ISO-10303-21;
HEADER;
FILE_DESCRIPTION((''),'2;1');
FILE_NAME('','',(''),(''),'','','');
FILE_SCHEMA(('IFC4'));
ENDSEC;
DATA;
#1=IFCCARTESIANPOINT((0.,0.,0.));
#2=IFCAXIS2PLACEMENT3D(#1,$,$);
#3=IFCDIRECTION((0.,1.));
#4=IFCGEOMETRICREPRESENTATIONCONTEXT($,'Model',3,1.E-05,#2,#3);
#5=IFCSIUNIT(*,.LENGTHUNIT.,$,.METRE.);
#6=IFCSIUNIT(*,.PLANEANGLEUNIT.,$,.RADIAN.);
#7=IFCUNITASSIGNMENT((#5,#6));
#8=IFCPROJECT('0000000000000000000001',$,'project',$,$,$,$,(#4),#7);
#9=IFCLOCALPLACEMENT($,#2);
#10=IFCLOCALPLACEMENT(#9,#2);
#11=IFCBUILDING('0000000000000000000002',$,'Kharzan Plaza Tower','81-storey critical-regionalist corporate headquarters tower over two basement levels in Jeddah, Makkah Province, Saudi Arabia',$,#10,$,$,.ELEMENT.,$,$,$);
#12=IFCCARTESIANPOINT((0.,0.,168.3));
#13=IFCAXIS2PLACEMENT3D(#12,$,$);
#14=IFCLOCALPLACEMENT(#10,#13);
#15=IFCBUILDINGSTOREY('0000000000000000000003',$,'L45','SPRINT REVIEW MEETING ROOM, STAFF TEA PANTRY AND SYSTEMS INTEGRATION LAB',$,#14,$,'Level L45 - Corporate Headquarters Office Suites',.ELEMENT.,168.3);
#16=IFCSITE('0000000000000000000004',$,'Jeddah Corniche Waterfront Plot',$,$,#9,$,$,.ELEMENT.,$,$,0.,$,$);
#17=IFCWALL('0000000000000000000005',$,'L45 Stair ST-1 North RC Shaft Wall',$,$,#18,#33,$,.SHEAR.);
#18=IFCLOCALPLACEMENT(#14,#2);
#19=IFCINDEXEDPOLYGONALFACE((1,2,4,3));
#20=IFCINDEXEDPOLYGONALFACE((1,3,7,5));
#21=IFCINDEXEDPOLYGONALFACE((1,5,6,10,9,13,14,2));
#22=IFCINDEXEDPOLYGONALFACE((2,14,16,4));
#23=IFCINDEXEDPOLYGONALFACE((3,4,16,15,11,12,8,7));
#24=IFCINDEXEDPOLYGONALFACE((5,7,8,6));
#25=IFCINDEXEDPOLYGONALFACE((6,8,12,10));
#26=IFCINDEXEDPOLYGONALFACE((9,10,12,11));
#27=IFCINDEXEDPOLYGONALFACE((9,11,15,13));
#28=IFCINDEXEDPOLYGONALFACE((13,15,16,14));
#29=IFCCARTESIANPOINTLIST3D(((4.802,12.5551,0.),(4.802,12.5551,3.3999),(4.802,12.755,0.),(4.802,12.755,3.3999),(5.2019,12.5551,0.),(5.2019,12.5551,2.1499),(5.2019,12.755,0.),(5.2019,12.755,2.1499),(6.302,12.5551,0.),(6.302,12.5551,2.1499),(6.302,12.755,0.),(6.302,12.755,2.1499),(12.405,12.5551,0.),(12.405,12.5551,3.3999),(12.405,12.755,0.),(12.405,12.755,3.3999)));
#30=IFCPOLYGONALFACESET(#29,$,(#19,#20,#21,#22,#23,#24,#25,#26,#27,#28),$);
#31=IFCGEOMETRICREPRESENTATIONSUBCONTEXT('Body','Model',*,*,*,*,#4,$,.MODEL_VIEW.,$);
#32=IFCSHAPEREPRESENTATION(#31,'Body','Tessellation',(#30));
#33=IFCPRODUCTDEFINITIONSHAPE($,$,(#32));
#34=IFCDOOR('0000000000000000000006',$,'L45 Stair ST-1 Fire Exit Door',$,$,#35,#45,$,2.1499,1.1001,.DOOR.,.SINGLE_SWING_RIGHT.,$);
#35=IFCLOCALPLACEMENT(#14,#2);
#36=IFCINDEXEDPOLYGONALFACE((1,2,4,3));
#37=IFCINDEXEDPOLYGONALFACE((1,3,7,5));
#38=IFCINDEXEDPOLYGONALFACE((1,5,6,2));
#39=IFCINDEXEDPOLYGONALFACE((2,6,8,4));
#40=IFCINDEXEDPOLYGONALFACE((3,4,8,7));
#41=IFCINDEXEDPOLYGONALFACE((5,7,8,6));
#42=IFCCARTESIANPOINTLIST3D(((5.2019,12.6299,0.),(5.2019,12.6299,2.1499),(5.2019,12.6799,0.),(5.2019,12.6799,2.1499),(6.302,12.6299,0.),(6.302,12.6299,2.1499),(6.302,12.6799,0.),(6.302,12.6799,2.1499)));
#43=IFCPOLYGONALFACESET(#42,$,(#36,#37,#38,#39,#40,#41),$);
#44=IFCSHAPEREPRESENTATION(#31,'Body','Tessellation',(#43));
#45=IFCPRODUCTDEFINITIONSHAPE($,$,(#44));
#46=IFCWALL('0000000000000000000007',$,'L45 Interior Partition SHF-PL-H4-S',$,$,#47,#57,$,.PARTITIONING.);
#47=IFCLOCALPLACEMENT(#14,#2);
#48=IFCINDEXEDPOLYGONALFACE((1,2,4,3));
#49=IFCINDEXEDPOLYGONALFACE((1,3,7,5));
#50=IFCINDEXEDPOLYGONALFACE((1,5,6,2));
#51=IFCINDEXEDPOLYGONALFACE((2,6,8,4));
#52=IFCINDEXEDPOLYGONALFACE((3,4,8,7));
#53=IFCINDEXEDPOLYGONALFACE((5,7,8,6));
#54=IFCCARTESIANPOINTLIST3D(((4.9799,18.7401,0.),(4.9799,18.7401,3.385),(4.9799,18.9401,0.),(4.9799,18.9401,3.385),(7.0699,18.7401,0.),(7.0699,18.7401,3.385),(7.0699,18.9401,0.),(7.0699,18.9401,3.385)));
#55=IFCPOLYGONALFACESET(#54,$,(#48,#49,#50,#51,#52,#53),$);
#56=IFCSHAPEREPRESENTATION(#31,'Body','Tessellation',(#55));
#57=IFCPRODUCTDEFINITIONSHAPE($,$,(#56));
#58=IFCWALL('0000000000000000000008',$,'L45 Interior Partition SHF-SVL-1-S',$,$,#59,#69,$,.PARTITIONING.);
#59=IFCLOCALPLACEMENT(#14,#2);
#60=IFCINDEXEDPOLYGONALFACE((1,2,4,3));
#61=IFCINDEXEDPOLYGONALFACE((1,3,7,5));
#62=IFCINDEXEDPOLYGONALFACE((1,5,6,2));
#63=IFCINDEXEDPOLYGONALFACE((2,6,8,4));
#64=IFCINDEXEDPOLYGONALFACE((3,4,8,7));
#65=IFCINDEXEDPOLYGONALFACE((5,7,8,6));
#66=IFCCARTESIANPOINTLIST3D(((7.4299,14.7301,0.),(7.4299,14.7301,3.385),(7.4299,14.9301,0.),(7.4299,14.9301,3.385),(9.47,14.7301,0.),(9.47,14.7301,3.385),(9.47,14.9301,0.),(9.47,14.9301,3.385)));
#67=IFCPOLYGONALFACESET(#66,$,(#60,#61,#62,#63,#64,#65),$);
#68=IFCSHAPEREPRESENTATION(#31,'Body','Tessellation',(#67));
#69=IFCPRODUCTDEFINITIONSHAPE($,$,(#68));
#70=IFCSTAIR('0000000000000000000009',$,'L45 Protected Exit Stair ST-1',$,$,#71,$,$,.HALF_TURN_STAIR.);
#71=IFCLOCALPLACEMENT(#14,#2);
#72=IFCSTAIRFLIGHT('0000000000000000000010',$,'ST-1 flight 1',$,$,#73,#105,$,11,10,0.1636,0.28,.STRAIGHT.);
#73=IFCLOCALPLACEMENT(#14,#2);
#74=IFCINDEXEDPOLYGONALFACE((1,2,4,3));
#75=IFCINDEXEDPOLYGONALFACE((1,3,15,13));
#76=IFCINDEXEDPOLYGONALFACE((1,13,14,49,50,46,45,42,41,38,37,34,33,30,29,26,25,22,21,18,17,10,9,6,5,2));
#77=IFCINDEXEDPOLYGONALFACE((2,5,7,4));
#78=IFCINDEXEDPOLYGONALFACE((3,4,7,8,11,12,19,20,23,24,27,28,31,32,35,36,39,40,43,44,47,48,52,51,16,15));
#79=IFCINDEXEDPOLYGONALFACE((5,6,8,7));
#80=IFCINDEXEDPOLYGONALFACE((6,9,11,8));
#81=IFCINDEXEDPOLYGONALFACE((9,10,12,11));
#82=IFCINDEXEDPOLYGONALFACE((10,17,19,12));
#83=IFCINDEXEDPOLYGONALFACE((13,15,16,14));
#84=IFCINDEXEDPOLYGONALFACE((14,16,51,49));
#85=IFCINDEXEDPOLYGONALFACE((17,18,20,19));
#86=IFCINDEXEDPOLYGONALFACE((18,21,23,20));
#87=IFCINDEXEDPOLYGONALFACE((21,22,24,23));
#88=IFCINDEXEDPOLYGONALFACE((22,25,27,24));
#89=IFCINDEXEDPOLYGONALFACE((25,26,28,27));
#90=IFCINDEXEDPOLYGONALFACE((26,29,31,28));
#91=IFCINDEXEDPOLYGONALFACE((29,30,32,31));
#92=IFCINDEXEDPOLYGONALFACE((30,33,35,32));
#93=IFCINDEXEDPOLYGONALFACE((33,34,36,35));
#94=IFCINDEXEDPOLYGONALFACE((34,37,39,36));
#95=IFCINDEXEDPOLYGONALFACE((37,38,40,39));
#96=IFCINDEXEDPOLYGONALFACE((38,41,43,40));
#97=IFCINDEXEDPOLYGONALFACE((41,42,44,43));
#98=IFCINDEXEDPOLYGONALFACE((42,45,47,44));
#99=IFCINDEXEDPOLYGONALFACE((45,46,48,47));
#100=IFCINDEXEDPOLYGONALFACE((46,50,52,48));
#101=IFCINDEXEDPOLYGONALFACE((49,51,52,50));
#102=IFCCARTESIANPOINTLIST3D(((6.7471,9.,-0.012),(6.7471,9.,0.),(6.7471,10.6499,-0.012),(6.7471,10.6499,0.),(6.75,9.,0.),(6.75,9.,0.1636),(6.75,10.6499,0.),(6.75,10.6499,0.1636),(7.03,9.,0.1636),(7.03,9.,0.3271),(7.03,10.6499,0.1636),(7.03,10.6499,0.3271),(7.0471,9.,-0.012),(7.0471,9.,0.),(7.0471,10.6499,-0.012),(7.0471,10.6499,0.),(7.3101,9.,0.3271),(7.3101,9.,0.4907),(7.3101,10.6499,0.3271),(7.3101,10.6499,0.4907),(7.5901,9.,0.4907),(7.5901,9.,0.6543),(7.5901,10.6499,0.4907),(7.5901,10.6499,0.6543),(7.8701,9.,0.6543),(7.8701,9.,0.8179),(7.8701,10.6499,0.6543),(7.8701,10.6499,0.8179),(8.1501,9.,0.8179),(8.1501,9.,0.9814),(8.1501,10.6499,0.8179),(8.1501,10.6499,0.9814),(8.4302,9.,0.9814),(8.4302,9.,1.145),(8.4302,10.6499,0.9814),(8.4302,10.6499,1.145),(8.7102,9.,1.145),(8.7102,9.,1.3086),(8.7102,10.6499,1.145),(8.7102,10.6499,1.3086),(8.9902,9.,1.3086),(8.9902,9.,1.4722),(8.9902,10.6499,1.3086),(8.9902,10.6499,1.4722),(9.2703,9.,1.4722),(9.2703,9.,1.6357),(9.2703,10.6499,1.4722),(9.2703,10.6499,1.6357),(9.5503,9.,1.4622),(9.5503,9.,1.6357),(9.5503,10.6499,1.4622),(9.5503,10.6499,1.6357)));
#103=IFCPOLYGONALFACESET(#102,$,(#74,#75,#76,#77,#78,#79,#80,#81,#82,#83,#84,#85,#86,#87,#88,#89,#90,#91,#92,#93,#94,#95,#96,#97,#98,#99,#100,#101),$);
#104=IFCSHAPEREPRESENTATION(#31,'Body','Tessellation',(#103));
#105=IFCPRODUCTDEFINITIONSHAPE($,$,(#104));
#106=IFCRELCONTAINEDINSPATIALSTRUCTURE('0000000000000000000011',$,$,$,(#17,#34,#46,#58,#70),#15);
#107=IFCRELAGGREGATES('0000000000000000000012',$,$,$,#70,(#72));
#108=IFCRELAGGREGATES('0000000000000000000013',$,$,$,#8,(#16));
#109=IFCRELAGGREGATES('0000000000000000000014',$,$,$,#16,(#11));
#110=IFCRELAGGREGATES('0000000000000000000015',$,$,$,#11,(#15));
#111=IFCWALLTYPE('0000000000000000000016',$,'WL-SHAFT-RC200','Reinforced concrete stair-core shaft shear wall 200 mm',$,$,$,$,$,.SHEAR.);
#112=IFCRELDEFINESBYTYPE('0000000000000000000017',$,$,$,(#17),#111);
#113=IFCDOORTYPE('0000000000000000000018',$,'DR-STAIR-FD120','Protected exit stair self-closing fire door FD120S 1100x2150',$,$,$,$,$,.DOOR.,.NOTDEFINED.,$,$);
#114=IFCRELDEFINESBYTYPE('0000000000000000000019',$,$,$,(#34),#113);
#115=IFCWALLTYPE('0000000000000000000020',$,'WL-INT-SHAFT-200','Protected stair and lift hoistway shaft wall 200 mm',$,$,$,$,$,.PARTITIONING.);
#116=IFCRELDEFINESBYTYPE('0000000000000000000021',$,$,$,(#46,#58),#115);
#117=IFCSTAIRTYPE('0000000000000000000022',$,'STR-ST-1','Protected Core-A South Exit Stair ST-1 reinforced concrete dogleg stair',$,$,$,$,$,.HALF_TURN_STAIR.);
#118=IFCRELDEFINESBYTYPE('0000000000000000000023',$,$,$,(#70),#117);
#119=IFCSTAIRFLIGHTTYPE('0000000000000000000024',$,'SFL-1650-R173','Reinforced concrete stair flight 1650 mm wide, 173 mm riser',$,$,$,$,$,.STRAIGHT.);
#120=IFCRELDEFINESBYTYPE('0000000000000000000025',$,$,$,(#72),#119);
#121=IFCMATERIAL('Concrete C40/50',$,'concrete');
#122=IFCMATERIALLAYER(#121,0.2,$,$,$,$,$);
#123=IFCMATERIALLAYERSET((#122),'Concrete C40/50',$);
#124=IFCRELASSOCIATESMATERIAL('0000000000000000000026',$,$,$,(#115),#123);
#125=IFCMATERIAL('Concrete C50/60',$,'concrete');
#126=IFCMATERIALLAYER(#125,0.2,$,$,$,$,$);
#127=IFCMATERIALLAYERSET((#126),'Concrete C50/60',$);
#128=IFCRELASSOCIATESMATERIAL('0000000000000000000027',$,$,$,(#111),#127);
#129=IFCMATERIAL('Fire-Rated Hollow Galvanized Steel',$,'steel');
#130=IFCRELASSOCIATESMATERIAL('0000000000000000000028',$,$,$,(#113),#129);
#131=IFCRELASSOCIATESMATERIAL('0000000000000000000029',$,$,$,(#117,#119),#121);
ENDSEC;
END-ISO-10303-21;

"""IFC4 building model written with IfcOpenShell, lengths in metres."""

from ifc_helpers import new_model, si_unit, direction, frame, frame_2d, origin, place, context, subcontext, project, spatial, polyline, rectangle, outline, extrude, source, transform, mapped, material, layer, layer_set, type_object, element, fill, aggregate, save


model = new_model("IFC4")

# Units and contexts
model_context = context("Model", 3, precision=1e-05, world=origin(), true_north=direction((0.0, 1.0)))
body_context = subcontext(model_context, "Body", "Model", "MODEL_VIEW")
ifc_project = project(units=[si_unit("LENGTHUNIT", "METRE"), si_unit("PLANEANGLEUNIT", "RADIAN")], contexts=[model_context])

# Site, building, storey
site_placement = place(None, origin())
site = spatial("IfcSite", under=ifc_project, at=site_placement, Name="Jeddah Corniche Waterfront Plot", CompositionType="ELEMENT", RefElevation=0.0)
building_placement = place(site_placement, origin())
building = spatial("IfcBuilding", under=site, at=building_placement, Name="Kharzan Plaza Tower", Description="81-storey critical-regionalist corporate headquarters tower over two basement levels in Jeddah, Makkah Province, Saudi Arabia", CompositionType="ELEMENT")
storey_placement = place(building_placement, frame((0.0, 0.0, 168.3)))
storey = spatial("IfcBuildingStorey", under=building, at=storey_placement, Name="L45", Description="SPRINT REVIEW MEETING ROOM, STAFF TEA PANTRY AND SYSTEMS INTEGRATION LAB", LongName="Level L45 - Corporate Headquarters Office Suites", CompositionType="ELEMENT", Elevation=168.3)

# Shared definitions
ifc_material_1 = material(Name="Concrete C50/60", Category="concrete")

# Shared definitions
ifc_material_2 = material(Name="Concrete C40/50", Category="concrete")

# Wall, opening, door
ifc_layer_1 = layer(ifc_material_2, 0.2)
ifc_layer_set_1 = layer_set([ifc_layer_1], Name="Concrete C40/50")
wall_type_1 = type_object("IfcWallType", Name="WL-INT-SHAFT-200", Description="Protected stair and lift hoistway shaft wall 200 mm", PredefinedType="PARTITIONING", material=ifc_layer_set_1)
ifc_layer_2 = layer(ifc_material_1, 0.2)
ifc_layer_set_2 = layer_set([ifc_layer_2], Name="Concrete C50/60")
wall_type_2 = type_object("IfcWallType", Name="WL-SHAFT-RC200", Description="Reinforced concrete stair-core shaft shear wall 200 mm", PredefinedType="SHEAR", material=ifc_layer_set_2)
wall_1_placement = place(storey_placement, frame((4.802, 12.655, 0.0), z_axis=(0.0, 0.0, 1.0), x_axis=(1.0, 0.0, 0.0)))
wall_1 = element("IfcWall", 1, at=wall_1_placement, inside=storey, type_object=wall_type_2, Name="L45 Stair ST-1 North RC Shaft Wall", PredefinedType="SHEAR", context=body_context, shape_type="SweptSolid", body=[
    extrude(rectangle(XDim=7.603, YDim=0.2, at=frame_2d((3.8015, 0.0))), origin(), (0.0, 0.0, 1.0), 3.3999),
])
opening_1_placement = place(wall_1_placement, frame((0.3999, 0.0, 0.0)))
opening_1 = element("IfcOpeningElement", 2, at=opening_1_placement, cuts=wall_1, PredefinedType="OPENING", context=body_context, shape_type="SweptSolid", body=[
    extrude(rectangle(XDim=1.1001, YDim=2.1499, at=frame_2d((0.55, 1.075))), frame((0.0, 0.1099, 0.0), z_axis=(0.0, -1.0, 0.0), x_axis=(1.0, 0.0, 0.0)), (0.0, 0.0, 1.0), 0.22),
])
ifc_material_3 = material(Name="Fire-Rated Hollow Galvanized Steel", Category="steel")
door_type_1 = type_object("IfcDoorType", Name="DR-STAIR-FD120", Description="Protected exit stair self-closing fire door FD120S 1100x2150", OperationType="NOTDEFINED", PredefinedType="DOOR", material=ifc_material_3)
shared_shape_1 = source(origin(), body_context, "Body", "SweptSolid", [
    extrude(rectangle(XDim=1.1001, YDim=2.1499, at=frame_2d((0.55, 1.075))), frame((0.0, 0.0249, 0.0), z_axis=(0.0, -1.0, 0.0), x_axis=(1.0, 0.0, 0.0)), (0.0, 0.0, 1.0), 0.05),
])
door_1_placement = place(opening_1_placement, origin())
door_1 = element("IfcDoor", 3, at=door_1_placement, inside=storey, type_object=door_type_1, Name="L45 Stair ST-1 Fire Exit Door", OperationType="SINGLE_SWING_RIGHT", OverallHeight=2.1499, OverallWidth=1.1001, PredefinedType="DOOR", context=body_context, shape_type="MappedRepresentation", body=[
    mapped(shared_shape_1, transform((0.0, 0.0, 0.0), x_axis=(1.0, 0.0, 0.0), y_axis=(0.0, 1.0, 0.0), z_axis=(0.0, 0.0, 1.0))),
])
fill(opening_1, door_1)

# Walls
shared_shape_2 = source(origin(), body_context, "Body", "SweptSolid", [
    extrude(rectangle(XDim=2.0901, YDim=0.2, at=frame_2d((1.0449, 0.0))), origin(), (0.0, 0.0, 1.0), 3.385),
])
wall_2_placement = place(storey_placement, frame((4.98, 18.8401, 0.0), z_axis=(0.0, 0.0, 1.0), x_axis=(1.0, 0.0, 0.0)))
element("IfcWall", 4, at=wall_2_placement, inside=storey, type_object=wall_type_1, Name="L45 Interior Partition SHF-PL-H4-S", PredefinedType="PARTITIONING", context=body_context, shape_type="MappedRepresentation", body=[
    mapped(shared_shape_2, transform((0.0, 0.0, 0.0), x_axis=(1.0, 0.0, 0.0), y_axis=(0.0, 1.0, 0.0), z_axis=(0.0, 0.0, 1.0))),
])
shared_shape_3 = source(origin(), body_context, "Body", "SweptSolid", [
    extrude(rectangle(XDim=2.04, YDim=0.2, at=frame_2d((1.02, 0.0))), origin(), (0.0, 0.0, 1.0), 3.385),
])
wall_3_placement = place(storey_placement, frame((7.4299, 14.8301, 0.0), z_axis=(0.0, 0.0, 1.0), x_axis=(1.0, 0.0, 0.0)))
element("IfcWall", 5, at=wall_3_placement, inside=storey, type_object=wall_type_1, Name="L45 Interior Partition SHF-SVL-1-S", PredefinedType="PARTITIONING", context=body_context, shape_type="MappedRepresentation", body=[
    mapped(shared_shape_3, transform((0.0, 0.0, 0.0), x_axis=(1.0, 0.0, 0.0), y_axis=(0.0, 1.0, 0.0), z_axis=(0.0, 0.0, 1.0))),
])

# Stair, stair flight
stair_type = type_object("IfcStairType", Name="STR-ST-1", Description="Protected Core-A South Exit Stair ST-1 reinforced concrete dogleg stair", PredefinedType="HALF_TURN_STAIR", material=ifc_material_2)
stair_placement = place(storey_placement, origin())
stair = element("IfcStair", 6, at=stair_placement, inside=storey, type_object=stair_type, Name="L45 Protected Exit Stair ST-1", PredefinedType="HALF_TURN_STAIR")
stair_flight_type = type_object("IfcStairFlightType", Name="SFL-1650-R173", Description="Reinforced concrete stair flight 1650 mm wide, 173 mm riser", PredefinedType="STRAIGHT", material=ifc_material_2)
shared_shape_4 = source(origin(), body_context, "Body", "SweptSolid", [
    extrude(outline(polyline([(-0.0029, -0.012), (-0.0029, 0.0), (0.0, 0.0), (0.0, 0.1636), (0.28, 0.1636), (0.28, 0.3271), (0.5601, 0.3271), (0.5601, 0.4907), (0.8401, 0.4907), (0.8401, 0.6543), (1.1201, 0.6543), (1.1201, 0.8179), (1.4001, 0.8179), (1.4001, 0.9814), (1.6802, 0.9814), (1.6802, 1.145), (1.9602, 1.145), (1.9602, 1.3086), (2.2402, 1.3086), (2.2402, 1.4722), (2.5203, 1.4722), (2.5203, 1.6357), (2.8003, 1.6357), (2.8003, 1.7993), (2.8003, 1.4622), (0.2971, 0.0), (0.2971, -0.012), (-0.0029, -0.012)])), frame((0.0, 0.825, 0.0), z_axis=(0.0, -1.0, 0.0), x_axis=(1.0, 0.0, 0.0)), (0.0, 0.0, 1.0), 1.6499),
])
stair_flight_placement = place(storey_placement, frame((6.75, 9.825, 0.0), z_axis=(0.0, 0.0, 1.0), x_axis=(1.0, 0.0, 0.0)))
stair_flight = element("IfcStairFlight", 7, at=stair_flight_placement, type_object=stair_flight_type, Name="ST-1 flight 1", NumberOfRisers=11, NumberOfTreads=10, PredefinedType="STRAIGHT", RiserHeight=0.1636, TreadLength=0.28, context=body_context, shape_type="MappedRepresentation", body=[
    mapped(shared_shape_4, transform((0.0, 0.0, 0.0), x_axis=(1.0, 0.0, 0.0), y_axis=(0.0, 1.0, 0.0), z_axis=(0.0, 0.0, 1.0))),
])
aggregate(stair, [stair_flight])

save(model, "model.ifc")
